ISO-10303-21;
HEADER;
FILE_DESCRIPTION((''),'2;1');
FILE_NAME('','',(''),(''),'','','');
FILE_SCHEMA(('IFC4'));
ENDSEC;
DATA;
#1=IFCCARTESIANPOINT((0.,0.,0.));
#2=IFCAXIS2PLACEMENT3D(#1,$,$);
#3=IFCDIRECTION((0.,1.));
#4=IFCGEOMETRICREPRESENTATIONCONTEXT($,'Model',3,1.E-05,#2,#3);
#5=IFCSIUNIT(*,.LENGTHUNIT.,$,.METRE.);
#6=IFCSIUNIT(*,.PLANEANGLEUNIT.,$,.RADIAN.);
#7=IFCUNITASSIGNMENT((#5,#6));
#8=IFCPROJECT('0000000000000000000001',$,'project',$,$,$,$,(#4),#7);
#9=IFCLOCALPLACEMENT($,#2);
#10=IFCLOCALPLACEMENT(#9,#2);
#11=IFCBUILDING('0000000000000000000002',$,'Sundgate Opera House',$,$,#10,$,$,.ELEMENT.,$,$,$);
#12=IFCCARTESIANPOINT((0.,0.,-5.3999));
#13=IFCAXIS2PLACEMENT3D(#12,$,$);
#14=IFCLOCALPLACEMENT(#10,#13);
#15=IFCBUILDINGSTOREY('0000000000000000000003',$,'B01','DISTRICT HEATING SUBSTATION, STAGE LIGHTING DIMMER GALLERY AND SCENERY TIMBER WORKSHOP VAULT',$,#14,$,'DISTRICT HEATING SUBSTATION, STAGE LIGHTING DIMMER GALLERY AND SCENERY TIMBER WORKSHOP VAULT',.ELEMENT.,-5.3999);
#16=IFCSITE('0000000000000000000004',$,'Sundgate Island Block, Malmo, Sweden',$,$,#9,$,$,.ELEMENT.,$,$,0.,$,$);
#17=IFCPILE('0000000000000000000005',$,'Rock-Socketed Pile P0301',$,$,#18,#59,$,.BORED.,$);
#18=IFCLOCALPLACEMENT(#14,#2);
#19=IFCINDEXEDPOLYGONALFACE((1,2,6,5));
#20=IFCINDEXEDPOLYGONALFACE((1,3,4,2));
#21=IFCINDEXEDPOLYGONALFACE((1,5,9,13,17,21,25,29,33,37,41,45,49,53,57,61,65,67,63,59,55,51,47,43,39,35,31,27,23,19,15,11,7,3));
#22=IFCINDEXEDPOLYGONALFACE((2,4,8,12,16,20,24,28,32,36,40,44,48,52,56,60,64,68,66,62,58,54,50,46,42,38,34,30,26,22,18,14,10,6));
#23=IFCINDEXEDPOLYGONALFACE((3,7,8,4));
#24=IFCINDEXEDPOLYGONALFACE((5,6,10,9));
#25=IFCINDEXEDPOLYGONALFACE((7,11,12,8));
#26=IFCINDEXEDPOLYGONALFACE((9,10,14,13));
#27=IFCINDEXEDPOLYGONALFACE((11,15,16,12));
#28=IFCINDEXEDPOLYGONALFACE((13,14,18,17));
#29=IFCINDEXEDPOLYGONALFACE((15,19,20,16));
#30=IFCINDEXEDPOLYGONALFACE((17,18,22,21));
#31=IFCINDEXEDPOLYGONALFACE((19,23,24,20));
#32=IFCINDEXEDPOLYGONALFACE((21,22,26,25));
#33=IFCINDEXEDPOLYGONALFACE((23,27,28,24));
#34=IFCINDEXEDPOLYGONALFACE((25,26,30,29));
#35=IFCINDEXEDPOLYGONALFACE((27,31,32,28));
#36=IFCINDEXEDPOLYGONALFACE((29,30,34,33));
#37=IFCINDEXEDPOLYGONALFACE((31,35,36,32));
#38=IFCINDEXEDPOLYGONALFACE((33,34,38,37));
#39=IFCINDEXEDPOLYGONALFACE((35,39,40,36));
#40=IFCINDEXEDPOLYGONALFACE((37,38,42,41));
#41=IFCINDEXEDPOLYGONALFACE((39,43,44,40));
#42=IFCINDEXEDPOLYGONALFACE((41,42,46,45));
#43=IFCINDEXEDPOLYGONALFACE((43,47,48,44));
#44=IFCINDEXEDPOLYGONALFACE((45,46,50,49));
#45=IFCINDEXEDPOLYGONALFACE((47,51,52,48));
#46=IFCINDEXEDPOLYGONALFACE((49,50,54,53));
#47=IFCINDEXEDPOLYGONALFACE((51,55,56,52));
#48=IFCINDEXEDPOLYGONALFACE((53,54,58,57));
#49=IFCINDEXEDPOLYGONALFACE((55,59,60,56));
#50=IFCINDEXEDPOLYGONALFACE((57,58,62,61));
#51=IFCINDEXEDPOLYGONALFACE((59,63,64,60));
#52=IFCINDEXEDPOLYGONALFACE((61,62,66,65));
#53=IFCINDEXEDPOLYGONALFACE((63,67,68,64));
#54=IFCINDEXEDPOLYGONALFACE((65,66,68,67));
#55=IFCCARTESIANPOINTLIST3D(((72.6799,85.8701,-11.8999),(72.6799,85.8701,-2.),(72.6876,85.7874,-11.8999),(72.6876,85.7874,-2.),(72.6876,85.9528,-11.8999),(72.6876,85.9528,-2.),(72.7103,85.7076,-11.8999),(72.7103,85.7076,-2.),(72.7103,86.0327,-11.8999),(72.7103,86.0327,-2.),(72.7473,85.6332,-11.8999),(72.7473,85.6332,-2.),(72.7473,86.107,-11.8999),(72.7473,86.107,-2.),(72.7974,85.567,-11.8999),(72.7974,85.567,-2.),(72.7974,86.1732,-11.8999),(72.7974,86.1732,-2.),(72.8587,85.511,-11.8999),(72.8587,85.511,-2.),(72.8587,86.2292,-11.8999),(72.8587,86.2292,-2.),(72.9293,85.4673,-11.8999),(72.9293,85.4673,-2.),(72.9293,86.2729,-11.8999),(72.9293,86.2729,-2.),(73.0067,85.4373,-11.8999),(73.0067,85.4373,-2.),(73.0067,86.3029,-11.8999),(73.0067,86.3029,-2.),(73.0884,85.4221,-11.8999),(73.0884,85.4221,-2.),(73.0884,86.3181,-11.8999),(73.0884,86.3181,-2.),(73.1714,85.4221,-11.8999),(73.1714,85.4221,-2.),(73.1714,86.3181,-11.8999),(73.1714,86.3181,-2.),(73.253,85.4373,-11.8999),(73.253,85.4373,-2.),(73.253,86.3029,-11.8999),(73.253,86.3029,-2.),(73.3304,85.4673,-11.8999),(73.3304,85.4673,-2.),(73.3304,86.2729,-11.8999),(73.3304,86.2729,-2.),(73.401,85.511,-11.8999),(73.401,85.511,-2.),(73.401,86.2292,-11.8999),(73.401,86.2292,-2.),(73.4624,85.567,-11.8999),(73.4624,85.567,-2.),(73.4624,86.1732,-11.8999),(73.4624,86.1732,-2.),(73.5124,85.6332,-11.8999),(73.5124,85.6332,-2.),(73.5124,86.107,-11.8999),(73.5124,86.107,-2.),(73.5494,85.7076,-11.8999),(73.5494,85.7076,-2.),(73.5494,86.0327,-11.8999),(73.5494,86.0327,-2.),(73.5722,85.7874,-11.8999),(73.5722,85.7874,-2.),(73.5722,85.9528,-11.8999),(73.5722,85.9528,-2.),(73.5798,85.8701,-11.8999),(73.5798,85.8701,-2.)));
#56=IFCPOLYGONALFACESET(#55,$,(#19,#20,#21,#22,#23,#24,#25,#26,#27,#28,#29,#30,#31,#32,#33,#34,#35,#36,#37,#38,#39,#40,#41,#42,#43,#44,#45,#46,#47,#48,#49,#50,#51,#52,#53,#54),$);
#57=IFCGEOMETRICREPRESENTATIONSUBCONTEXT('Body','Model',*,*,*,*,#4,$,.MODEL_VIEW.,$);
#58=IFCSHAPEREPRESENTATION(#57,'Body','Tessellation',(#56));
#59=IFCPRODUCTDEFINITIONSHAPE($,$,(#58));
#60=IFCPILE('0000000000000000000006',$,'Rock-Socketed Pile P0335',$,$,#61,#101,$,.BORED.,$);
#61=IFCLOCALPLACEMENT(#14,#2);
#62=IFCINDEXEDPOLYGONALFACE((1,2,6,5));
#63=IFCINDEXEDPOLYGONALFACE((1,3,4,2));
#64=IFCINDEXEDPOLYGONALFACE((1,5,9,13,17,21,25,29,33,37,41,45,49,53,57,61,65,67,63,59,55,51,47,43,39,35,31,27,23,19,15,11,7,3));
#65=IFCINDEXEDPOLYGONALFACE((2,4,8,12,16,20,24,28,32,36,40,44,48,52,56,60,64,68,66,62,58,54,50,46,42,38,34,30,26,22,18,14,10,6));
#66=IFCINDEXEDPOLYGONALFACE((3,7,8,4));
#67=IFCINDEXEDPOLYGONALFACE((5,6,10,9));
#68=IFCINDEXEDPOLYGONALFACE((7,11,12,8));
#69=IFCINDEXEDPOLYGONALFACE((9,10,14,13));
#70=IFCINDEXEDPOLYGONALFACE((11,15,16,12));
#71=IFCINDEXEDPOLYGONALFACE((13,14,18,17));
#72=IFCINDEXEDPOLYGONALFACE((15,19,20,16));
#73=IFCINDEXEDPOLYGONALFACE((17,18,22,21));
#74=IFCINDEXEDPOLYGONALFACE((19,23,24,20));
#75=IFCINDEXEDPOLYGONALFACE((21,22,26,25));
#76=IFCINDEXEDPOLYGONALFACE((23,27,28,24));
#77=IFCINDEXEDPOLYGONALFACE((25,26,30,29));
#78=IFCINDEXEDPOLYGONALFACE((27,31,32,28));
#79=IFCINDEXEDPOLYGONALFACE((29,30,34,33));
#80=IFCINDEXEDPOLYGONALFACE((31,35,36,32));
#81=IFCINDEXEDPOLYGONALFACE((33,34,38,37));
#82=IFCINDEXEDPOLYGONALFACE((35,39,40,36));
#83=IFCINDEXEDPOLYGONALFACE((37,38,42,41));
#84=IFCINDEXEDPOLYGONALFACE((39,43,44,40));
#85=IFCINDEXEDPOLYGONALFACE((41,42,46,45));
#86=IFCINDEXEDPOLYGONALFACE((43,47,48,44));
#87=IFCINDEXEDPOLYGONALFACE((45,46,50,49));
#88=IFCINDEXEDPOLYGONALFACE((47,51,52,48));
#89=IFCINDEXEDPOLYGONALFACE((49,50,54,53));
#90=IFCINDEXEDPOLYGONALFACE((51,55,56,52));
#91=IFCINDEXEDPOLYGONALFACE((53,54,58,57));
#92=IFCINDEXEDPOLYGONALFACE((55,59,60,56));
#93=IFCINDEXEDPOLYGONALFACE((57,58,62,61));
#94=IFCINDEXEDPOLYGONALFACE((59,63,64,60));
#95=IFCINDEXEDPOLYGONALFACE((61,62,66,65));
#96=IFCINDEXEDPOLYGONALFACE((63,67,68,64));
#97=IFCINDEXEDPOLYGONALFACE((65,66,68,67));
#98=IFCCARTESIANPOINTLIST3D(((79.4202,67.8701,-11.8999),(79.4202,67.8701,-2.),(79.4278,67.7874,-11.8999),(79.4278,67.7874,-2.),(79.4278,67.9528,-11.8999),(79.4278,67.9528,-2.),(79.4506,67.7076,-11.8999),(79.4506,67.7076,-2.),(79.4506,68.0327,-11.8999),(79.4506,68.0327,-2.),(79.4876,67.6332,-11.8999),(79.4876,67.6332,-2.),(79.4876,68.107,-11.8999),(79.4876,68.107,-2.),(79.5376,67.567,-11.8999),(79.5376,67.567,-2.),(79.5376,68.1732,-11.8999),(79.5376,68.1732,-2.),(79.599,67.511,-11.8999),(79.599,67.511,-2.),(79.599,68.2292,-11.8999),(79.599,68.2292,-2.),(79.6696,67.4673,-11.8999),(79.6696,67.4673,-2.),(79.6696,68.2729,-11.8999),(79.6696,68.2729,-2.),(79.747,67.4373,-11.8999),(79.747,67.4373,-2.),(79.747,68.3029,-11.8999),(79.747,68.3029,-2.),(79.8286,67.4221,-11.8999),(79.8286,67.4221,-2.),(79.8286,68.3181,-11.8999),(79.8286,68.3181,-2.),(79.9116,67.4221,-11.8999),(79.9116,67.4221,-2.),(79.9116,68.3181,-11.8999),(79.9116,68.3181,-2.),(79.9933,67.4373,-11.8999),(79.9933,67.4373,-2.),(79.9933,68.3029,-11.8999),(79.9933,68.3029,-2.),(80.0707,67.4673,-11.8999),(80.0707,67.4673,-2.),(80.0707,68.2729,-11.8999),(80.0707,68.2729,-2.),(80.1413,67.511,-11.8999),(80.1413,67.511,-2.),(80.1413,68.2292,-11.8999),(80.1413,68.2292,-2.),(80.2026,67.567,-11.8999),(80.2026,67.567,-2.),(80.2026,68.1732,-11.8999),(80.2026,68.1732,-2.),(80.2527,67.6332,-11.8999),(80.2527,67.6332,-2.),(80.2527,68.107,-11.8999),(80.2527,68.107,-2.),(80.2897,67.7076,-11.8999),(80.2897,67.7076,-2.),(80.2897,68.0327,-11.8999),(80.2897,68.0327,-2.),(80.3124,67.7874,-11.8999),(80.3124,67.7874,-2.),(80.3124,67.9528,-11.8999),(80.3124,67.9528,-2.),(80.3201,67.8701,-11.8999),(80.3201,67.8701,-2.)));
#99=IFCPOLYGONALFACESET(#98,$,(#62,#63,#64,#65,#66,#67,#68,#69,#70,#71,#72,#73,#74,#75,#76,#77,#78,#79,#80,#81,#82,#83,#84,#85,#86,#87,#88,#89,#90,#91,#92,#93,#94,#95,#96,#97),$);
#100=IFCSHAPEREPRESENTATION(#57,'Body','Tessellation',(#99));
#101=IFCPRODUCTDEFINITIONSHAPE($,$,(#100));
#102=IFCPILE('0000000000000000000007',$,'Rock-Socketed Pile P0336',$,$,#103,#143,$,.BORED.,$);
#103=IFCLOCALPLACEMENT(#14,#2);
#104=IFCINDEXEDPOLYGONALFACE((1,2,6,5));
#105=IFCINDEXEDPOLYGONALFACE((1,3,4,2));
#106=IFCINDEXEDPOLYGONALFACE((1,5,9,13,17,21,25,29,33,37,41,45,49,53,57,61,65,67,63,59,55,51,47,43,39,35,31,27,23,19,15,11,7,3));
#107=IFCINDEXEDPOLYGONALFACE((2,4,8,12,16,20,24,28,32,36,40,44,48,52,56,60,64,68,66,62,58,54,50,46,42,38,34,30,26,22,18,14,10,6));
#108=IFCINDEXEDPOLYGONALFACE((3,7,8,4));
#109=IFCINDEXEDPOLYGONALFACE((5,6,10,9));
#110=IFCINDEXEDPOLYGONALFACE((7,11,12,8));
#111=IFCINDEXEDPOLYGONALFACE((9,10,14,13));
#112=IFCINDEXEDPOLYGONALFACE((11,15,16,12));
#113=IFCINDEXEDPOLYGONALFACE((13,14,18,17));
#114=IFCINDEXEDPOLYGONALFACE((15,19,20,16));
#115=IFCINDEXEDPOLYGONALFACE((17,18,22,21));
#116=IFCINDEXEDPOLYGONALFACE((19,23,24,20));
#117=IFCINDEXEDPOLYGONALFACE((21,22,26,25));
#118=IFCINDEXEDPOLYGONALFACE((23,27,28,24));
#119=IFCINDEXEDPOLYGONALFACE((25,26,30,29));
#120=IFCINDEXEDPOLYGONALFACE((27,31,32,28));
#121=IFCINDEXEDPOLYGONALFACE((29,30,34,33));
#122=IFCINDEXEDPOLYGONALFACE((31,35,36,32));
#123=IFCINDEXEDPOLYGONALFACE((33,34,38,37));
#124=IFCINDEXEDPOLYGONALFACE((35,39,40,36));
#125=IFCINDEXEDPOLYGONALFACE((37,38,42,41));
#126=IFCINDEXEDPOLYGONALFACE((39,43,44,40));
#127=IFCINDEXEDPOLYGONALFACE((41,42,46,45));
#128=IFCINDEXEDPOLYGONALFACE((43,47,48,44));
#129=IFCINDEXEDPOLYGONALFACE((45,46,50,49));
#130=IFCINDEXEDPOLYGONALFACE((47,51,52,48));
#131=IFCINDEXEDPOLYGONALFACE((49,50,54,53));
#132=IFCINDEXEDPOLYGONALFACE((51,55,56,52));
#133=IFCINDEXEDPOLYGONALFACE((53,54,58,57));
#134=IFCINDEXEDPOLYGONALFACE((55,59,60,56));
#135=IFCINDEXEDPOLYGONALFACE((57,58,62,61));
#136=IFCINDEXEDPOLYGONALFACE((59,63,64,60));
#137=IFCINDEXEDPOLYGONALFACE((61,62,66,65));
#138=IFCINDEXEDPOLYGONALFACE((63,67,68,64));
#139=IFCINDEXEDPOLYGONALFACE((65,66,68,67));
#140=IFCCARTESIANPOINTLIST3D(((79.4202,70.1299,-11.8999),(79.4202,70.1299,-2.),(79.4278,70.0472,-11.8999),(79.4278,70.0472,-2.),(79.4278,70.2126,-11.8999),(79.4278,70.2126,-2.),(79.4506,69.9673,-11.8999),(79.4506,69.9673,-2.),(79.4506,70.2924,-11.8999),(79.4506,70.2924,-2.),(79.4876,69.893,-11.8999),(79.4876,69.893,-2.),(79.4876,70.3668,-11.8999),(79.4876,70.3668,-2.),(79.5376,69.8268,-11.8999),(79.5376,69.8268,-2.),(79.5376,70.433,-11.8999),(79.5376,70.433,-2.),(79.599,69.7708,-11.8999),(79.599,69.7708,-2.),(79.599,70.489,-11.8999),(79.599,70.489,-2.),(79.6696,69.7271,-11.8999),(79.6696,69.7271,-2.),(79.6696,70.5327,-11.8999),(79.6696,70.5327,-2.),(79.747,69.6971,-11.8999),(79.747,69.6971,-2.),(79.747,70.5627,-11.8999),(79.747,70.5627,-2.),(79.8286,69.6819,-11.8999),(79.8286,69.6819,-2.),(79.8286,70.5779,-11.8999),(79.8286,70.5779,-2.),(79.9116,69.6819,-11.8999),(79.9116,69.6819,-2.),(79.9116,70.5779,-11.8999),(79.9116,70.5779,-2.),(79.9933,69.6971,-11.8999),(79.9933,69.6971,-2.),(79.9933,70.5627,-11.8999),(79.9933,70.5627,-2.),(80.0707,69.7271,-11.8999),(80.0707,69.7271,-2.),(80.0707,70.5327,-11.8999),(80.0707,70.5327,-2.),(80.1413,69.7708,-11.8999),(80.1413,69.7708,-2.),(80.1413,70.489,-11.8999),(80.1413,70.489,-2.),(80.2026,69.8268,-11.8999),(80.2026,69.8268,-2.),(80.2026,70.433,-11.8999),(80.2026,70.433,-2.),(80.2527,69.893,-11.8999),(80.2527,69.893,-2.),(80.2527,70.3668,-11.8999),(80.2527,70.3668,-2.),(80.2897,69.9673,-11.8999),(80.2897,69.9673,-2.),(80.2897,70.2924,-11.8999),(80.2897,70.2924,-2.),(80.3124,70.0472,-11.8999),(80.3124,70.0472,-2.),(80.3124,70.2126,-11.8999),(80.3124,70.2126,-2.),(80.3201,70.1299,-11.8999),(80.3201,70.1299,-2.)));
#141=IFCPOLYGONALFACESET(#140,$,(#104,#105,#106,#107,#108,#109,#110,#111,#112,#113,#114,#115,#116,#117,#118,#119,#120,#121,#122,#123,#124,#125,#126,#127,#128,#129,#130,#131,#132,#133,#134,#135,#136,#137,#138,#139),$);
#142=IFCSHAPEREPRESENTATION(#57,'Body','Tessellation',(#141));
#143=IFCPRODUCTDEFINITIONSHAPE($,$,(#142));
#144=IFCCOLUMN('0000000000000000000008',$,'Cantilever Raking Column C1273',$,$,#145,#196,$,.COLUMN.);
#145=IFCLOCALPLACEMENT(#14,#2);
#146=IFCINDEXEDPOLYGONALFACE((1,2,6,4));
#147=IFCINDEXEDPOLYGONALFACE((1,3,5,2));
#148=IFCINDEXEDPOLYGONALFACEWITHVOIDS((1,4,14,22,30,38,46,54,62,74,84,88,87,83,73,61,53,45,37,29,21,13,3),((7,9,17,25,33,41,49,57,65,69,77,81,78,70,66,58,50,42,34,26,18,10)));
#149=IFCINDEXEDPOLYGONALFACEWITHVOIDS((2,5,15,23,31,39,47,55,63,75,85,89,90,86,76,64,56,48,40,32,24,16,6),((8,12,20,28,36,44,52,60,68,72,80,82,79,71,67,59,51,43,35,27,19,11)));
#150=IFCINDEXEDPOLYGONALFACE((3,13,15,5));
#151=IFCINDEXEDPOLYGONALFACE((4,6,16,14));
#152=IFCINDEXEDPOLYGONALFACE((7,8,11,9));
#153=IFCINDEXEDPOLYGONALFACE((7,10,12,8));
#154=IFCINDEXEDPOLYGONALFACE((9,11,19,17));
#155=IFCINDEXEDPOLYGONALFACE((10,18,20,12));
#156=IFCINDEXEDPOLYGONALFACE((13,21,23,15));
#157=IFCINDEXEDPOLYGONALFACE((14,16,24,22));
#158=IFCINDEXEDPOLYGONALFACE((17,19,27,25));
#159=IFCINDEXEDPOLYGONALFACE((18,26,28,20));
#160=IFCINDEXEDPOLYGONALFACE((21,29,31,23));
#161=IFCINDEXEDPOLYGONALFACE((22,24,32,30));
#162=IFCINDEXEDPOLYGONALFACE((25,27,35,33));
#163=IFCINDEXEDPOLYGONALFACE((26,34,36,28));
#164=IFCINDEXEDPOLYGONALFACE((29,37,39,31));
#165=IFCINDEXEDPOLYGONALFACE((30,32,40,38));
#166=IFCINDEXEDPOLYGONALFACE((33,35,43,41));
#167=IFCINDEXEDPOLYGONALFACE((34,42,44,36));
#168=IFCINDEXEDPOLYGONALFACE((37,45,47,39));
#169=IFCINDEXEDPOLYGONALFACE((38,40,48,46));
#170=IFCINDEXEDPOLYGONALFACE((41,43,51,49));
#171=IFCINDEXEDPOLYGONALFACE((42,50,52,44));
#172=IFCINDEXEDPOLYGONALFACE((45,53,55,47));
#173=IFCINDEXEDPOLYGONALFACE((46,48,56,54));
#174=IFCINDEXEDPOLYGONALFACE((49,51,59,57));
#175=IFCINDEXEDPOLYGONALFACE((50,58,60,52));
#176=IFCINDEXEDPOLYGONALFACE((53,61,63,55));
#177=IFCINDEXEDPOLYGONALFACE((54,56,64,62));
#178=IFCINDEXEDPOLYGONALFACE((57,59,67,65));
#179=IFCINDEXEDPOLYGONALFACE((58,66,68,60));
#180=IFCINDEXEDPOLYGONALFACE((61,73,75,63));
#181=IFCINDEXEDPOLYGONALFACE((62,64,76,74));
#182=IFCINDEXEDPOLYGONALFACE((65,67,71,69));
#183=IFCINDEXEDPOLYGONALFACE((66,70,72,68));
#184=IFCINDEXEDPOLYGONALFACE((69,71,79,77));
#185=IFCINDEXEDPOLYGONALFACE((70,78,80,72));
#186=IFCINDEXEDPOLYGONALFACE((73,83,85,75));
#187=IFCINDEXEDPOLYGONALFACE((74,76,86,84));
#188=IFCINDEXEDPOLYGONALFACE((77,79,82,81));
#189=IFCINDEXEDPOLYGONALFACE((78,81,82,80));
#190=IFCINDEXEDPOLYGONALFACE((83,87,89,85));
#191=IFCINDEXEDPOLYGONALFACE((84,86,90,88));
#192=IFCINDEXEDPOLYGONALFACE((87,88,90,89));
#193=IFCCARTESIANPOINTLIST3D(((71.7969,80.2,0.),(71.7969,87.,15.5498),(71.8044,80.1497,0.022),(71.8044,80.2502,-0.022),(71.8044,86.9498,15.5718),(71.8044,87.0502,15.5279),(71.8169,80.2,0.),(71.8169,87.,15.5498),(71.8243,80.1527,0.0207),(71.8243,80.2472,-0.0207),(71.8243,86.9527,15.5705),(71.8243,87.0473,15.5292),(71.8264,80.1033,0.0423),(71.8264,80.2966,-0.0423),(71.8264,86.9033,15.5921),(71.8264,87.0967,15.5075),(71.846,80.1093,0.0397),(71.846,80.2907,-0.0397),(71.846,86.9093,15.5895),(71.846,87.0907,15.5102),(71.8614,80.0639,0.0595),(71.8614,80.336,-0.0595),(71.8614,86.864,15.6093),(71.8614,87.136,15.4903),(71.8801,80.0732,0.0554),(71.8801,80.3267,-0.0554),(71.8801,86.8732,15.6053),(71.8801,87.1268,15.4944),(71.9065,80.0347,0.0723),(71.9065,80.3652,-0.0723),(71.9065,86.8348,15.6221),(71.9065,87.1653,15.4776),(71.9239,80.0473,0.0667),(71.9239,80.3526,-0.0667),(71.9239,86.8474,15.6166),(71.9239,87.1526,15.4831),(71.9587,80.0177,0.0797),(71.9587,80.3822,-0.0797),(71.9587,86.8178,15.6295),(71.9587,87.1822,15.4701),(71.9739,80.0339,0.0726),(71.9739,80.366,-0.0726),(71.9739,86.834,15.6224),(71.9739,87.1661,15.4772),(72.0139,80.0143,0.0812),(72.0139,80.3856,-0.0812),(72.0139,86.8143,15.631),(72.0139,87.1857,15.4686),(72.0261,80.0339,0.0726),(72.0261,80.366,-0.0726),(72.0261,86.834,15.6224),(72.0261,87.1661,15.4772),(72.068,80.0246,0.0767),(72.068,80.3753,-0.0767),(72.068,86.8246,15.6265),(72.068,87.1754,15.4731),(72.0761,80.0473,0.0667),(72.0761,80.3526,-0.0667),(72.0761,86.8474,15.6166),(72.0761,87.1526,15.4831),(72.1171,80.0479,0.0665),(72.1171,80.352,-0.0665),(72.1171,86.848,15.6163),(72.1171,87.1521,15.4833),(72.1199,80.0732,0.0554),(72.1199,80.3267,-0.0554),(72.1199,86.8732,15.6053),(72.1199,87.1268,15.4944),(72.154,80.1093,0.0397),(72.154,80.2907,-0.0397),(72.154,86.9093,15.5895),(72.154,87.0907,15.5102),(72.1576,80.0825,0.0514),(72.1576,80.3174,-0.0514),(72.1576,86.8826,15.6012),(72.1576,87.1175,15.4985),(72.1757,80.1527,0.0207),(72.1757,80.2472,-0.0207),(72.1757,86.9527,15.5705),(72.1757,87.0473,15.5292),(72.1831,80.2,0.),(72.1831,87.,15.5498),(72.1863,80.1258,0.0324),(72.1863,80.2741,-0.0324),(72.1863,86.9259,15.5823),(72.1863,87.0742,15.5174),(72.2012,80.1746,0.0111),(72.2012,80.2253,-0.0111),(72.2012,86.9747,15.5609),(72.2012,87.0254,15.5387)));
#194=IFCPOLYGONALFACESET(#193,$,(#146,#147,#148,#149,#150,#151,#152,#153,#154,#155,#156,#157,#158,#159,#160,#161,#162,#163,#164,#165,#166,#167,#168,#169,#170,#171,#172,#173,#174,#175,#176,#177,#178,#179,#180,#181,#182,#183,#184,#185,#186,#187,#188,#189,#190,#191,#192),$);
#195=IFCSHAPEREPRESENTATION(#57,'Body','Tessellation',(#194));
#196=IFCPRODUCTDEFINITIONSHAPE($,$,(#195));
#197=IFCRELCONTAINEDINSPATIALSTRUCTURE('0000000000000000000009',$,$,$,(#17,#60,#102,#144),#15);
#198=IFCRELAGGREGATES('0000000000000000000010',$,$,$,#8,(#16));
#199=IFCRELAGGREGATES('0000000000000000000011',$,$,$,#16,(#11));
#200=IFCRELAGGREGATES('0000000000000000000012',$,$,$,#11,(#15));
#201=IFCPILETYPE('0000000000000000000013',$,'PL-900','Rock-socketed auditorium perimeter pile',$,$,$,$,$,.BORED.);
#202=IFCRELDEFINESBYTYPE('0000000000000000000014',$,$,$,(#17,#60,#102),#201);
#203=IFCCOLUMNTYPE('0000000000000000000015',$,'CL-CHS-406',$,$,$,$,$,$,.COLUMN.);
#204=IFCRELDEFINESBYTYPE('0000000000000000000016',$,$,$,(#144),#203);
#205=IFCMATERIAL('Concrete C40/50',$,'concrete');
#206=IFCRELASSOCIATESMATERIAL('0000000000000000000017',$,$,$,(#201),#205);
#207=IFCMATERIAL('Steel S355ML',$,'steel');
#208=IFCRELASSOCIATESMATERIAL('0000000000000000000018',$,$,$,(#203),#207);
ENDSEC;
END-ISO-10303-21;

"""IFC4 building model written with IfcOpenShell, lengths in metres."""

from ifc_helpers import new_model, si_unit, direction, frame, origin, origin_2d, place, context, subcontext, project, spatial, circle, hollow_circle, extrude, material, material_profile, profile_set, type_object, element, save


model = new_model("IFC4")

# Units and contexts
model_context = context("Model", 3, precision=1e-05, world=origin(), true_north=direction((0.0, 1.0)))
body_context = subcontext(model_context, "Body", "Model", "MODEL_VIEW")
ifc_project = project(units=[si_unit("LENGTHUNIT", "METRE"), si_unit("PLANEANGLEUNIT", "RADIAN")], contexts=[model_context])

# Site, building, storey
site_placement = place(None, origin())
site = spatial("IfcSite", under=ifc_project, at=site_placement, Name="Sundgate Island Block, Malmo, Sweden", CompositionType="ELEMENT", RefElevation=0.0)
building_placement = place(site_placement, origin())
building = spatial("IfcBuilding", under=site, at=building_placement, Name="Sundgate Opera House", CompositionType="ELEMENT")
storey_placement = place(building_placement, frame((0.0, 0.0, -5.3999)))
storey = spatial("IfcBuildingStorey", under=building, at=storey_placement, Name="B01", Description="DISTRICT HEATING SUBSTATION, STAGE LIGHTING DIMMER GALLERY AND SCENERY TIMBER WORKSHOP VAULT", LongName="DISTRICT HEATING SUBSTATION, STAGE LIGHTING DIMMER GALLERY AND SCENERY TIMBER WORKSHOP VAULT", CompositionType="ELEMENT", Elevation=-5.3999)

# Piles
ifc_material_1 = material(Name="Concrete C40/50", Category="concrete")
ifc_material_profile_1 = material_profile(ifc_material_1, circle(Radius=0.45, at=origin_2d()), Name="PILE D900")
ifc_profile_set_1 = profile_set([ifc_material_profile_1], Name="Concrete C40/50")
pile_type_1 = type_object("IfcPileType", Name="PL-900", Description="Rock-socketed auditorium perimeter pile", PredefinedType="BORED", material=ifc_profile_set_1)
for number, where, z_axis, x_axis, name in (
    (1, (73.1299, 85.8701, -2.0), (0.0, 0.0, -1.0), (1.0, 0.0, 0.0), "Rock-Socketed Pile P0301"),
    (2, (79.8701, 67.8701, -2.0), (0.0, 0.0, -1.0), (1.0, 0.0, 0.0), "Rock-Socketed Pile P0335"),
    (3, (79.8701, 70.1299, -2.0), (0.0, 0.0, -1.0), (1.0, 0.0, 0.0), "Rock-Socketed Pile P0336"),
):
    element("IfcPile", number, at=place(storey_placement, frame(where, z_axis=z_axis, x_axis=x_axis)), inside=storey, type_object=pile_type_1, Name=name, PredefinedType="BORED", context=body_context, shape_type="SweptSolid", body=[
        extrude(circle(Radius=0.45, at=origin_2d()), origin(), (0.0, 0.0, 1.0), 9.8999),
    ])

# Column
ifc_material_2 = material(Name="Steel S355ML", Category="steel")
ifc_material_profile_2 = material_profile(ifc_material_2, hollow_circle(Radius=0.2031, WallThickness=0.02, at=origin_2d()), Name="CHS 406.4x20.0")
ifc_profile_set_2 = profile_set([ifc_material_profile_2], Name="Steel S355ML")
column_type_1 = type_object("IfcColumnType", Name="CL-CHS-406", PredefinedType="COLUMN", material=ifc_profile_set_2)
for number, where, z_axis, x_axis, name in (
    (4, (72.0, 80.2, 0.0), (0.0, 0.400671, 0.916222), (-1.0, 0.0, 0.0), "Cantilever Raking Column C1273"),
):
    element("IfcColumn", number, at=place(storey_placement, frame(where, z_axis=z_axis, x_axis=x_axis)), inside=storey, type_object=column_type_1, Name=name, PredefinedType="COLUMN", context=body_context, shape_type="SweptSolid", body=[
        extrude(hollow_circle(Radius=0.2031, WallThickness=0.02, at=origin_2d()), origin(), (0.0, 0.0, 1.0), 16.9717),
    ])

save(model, "model.ifc")
